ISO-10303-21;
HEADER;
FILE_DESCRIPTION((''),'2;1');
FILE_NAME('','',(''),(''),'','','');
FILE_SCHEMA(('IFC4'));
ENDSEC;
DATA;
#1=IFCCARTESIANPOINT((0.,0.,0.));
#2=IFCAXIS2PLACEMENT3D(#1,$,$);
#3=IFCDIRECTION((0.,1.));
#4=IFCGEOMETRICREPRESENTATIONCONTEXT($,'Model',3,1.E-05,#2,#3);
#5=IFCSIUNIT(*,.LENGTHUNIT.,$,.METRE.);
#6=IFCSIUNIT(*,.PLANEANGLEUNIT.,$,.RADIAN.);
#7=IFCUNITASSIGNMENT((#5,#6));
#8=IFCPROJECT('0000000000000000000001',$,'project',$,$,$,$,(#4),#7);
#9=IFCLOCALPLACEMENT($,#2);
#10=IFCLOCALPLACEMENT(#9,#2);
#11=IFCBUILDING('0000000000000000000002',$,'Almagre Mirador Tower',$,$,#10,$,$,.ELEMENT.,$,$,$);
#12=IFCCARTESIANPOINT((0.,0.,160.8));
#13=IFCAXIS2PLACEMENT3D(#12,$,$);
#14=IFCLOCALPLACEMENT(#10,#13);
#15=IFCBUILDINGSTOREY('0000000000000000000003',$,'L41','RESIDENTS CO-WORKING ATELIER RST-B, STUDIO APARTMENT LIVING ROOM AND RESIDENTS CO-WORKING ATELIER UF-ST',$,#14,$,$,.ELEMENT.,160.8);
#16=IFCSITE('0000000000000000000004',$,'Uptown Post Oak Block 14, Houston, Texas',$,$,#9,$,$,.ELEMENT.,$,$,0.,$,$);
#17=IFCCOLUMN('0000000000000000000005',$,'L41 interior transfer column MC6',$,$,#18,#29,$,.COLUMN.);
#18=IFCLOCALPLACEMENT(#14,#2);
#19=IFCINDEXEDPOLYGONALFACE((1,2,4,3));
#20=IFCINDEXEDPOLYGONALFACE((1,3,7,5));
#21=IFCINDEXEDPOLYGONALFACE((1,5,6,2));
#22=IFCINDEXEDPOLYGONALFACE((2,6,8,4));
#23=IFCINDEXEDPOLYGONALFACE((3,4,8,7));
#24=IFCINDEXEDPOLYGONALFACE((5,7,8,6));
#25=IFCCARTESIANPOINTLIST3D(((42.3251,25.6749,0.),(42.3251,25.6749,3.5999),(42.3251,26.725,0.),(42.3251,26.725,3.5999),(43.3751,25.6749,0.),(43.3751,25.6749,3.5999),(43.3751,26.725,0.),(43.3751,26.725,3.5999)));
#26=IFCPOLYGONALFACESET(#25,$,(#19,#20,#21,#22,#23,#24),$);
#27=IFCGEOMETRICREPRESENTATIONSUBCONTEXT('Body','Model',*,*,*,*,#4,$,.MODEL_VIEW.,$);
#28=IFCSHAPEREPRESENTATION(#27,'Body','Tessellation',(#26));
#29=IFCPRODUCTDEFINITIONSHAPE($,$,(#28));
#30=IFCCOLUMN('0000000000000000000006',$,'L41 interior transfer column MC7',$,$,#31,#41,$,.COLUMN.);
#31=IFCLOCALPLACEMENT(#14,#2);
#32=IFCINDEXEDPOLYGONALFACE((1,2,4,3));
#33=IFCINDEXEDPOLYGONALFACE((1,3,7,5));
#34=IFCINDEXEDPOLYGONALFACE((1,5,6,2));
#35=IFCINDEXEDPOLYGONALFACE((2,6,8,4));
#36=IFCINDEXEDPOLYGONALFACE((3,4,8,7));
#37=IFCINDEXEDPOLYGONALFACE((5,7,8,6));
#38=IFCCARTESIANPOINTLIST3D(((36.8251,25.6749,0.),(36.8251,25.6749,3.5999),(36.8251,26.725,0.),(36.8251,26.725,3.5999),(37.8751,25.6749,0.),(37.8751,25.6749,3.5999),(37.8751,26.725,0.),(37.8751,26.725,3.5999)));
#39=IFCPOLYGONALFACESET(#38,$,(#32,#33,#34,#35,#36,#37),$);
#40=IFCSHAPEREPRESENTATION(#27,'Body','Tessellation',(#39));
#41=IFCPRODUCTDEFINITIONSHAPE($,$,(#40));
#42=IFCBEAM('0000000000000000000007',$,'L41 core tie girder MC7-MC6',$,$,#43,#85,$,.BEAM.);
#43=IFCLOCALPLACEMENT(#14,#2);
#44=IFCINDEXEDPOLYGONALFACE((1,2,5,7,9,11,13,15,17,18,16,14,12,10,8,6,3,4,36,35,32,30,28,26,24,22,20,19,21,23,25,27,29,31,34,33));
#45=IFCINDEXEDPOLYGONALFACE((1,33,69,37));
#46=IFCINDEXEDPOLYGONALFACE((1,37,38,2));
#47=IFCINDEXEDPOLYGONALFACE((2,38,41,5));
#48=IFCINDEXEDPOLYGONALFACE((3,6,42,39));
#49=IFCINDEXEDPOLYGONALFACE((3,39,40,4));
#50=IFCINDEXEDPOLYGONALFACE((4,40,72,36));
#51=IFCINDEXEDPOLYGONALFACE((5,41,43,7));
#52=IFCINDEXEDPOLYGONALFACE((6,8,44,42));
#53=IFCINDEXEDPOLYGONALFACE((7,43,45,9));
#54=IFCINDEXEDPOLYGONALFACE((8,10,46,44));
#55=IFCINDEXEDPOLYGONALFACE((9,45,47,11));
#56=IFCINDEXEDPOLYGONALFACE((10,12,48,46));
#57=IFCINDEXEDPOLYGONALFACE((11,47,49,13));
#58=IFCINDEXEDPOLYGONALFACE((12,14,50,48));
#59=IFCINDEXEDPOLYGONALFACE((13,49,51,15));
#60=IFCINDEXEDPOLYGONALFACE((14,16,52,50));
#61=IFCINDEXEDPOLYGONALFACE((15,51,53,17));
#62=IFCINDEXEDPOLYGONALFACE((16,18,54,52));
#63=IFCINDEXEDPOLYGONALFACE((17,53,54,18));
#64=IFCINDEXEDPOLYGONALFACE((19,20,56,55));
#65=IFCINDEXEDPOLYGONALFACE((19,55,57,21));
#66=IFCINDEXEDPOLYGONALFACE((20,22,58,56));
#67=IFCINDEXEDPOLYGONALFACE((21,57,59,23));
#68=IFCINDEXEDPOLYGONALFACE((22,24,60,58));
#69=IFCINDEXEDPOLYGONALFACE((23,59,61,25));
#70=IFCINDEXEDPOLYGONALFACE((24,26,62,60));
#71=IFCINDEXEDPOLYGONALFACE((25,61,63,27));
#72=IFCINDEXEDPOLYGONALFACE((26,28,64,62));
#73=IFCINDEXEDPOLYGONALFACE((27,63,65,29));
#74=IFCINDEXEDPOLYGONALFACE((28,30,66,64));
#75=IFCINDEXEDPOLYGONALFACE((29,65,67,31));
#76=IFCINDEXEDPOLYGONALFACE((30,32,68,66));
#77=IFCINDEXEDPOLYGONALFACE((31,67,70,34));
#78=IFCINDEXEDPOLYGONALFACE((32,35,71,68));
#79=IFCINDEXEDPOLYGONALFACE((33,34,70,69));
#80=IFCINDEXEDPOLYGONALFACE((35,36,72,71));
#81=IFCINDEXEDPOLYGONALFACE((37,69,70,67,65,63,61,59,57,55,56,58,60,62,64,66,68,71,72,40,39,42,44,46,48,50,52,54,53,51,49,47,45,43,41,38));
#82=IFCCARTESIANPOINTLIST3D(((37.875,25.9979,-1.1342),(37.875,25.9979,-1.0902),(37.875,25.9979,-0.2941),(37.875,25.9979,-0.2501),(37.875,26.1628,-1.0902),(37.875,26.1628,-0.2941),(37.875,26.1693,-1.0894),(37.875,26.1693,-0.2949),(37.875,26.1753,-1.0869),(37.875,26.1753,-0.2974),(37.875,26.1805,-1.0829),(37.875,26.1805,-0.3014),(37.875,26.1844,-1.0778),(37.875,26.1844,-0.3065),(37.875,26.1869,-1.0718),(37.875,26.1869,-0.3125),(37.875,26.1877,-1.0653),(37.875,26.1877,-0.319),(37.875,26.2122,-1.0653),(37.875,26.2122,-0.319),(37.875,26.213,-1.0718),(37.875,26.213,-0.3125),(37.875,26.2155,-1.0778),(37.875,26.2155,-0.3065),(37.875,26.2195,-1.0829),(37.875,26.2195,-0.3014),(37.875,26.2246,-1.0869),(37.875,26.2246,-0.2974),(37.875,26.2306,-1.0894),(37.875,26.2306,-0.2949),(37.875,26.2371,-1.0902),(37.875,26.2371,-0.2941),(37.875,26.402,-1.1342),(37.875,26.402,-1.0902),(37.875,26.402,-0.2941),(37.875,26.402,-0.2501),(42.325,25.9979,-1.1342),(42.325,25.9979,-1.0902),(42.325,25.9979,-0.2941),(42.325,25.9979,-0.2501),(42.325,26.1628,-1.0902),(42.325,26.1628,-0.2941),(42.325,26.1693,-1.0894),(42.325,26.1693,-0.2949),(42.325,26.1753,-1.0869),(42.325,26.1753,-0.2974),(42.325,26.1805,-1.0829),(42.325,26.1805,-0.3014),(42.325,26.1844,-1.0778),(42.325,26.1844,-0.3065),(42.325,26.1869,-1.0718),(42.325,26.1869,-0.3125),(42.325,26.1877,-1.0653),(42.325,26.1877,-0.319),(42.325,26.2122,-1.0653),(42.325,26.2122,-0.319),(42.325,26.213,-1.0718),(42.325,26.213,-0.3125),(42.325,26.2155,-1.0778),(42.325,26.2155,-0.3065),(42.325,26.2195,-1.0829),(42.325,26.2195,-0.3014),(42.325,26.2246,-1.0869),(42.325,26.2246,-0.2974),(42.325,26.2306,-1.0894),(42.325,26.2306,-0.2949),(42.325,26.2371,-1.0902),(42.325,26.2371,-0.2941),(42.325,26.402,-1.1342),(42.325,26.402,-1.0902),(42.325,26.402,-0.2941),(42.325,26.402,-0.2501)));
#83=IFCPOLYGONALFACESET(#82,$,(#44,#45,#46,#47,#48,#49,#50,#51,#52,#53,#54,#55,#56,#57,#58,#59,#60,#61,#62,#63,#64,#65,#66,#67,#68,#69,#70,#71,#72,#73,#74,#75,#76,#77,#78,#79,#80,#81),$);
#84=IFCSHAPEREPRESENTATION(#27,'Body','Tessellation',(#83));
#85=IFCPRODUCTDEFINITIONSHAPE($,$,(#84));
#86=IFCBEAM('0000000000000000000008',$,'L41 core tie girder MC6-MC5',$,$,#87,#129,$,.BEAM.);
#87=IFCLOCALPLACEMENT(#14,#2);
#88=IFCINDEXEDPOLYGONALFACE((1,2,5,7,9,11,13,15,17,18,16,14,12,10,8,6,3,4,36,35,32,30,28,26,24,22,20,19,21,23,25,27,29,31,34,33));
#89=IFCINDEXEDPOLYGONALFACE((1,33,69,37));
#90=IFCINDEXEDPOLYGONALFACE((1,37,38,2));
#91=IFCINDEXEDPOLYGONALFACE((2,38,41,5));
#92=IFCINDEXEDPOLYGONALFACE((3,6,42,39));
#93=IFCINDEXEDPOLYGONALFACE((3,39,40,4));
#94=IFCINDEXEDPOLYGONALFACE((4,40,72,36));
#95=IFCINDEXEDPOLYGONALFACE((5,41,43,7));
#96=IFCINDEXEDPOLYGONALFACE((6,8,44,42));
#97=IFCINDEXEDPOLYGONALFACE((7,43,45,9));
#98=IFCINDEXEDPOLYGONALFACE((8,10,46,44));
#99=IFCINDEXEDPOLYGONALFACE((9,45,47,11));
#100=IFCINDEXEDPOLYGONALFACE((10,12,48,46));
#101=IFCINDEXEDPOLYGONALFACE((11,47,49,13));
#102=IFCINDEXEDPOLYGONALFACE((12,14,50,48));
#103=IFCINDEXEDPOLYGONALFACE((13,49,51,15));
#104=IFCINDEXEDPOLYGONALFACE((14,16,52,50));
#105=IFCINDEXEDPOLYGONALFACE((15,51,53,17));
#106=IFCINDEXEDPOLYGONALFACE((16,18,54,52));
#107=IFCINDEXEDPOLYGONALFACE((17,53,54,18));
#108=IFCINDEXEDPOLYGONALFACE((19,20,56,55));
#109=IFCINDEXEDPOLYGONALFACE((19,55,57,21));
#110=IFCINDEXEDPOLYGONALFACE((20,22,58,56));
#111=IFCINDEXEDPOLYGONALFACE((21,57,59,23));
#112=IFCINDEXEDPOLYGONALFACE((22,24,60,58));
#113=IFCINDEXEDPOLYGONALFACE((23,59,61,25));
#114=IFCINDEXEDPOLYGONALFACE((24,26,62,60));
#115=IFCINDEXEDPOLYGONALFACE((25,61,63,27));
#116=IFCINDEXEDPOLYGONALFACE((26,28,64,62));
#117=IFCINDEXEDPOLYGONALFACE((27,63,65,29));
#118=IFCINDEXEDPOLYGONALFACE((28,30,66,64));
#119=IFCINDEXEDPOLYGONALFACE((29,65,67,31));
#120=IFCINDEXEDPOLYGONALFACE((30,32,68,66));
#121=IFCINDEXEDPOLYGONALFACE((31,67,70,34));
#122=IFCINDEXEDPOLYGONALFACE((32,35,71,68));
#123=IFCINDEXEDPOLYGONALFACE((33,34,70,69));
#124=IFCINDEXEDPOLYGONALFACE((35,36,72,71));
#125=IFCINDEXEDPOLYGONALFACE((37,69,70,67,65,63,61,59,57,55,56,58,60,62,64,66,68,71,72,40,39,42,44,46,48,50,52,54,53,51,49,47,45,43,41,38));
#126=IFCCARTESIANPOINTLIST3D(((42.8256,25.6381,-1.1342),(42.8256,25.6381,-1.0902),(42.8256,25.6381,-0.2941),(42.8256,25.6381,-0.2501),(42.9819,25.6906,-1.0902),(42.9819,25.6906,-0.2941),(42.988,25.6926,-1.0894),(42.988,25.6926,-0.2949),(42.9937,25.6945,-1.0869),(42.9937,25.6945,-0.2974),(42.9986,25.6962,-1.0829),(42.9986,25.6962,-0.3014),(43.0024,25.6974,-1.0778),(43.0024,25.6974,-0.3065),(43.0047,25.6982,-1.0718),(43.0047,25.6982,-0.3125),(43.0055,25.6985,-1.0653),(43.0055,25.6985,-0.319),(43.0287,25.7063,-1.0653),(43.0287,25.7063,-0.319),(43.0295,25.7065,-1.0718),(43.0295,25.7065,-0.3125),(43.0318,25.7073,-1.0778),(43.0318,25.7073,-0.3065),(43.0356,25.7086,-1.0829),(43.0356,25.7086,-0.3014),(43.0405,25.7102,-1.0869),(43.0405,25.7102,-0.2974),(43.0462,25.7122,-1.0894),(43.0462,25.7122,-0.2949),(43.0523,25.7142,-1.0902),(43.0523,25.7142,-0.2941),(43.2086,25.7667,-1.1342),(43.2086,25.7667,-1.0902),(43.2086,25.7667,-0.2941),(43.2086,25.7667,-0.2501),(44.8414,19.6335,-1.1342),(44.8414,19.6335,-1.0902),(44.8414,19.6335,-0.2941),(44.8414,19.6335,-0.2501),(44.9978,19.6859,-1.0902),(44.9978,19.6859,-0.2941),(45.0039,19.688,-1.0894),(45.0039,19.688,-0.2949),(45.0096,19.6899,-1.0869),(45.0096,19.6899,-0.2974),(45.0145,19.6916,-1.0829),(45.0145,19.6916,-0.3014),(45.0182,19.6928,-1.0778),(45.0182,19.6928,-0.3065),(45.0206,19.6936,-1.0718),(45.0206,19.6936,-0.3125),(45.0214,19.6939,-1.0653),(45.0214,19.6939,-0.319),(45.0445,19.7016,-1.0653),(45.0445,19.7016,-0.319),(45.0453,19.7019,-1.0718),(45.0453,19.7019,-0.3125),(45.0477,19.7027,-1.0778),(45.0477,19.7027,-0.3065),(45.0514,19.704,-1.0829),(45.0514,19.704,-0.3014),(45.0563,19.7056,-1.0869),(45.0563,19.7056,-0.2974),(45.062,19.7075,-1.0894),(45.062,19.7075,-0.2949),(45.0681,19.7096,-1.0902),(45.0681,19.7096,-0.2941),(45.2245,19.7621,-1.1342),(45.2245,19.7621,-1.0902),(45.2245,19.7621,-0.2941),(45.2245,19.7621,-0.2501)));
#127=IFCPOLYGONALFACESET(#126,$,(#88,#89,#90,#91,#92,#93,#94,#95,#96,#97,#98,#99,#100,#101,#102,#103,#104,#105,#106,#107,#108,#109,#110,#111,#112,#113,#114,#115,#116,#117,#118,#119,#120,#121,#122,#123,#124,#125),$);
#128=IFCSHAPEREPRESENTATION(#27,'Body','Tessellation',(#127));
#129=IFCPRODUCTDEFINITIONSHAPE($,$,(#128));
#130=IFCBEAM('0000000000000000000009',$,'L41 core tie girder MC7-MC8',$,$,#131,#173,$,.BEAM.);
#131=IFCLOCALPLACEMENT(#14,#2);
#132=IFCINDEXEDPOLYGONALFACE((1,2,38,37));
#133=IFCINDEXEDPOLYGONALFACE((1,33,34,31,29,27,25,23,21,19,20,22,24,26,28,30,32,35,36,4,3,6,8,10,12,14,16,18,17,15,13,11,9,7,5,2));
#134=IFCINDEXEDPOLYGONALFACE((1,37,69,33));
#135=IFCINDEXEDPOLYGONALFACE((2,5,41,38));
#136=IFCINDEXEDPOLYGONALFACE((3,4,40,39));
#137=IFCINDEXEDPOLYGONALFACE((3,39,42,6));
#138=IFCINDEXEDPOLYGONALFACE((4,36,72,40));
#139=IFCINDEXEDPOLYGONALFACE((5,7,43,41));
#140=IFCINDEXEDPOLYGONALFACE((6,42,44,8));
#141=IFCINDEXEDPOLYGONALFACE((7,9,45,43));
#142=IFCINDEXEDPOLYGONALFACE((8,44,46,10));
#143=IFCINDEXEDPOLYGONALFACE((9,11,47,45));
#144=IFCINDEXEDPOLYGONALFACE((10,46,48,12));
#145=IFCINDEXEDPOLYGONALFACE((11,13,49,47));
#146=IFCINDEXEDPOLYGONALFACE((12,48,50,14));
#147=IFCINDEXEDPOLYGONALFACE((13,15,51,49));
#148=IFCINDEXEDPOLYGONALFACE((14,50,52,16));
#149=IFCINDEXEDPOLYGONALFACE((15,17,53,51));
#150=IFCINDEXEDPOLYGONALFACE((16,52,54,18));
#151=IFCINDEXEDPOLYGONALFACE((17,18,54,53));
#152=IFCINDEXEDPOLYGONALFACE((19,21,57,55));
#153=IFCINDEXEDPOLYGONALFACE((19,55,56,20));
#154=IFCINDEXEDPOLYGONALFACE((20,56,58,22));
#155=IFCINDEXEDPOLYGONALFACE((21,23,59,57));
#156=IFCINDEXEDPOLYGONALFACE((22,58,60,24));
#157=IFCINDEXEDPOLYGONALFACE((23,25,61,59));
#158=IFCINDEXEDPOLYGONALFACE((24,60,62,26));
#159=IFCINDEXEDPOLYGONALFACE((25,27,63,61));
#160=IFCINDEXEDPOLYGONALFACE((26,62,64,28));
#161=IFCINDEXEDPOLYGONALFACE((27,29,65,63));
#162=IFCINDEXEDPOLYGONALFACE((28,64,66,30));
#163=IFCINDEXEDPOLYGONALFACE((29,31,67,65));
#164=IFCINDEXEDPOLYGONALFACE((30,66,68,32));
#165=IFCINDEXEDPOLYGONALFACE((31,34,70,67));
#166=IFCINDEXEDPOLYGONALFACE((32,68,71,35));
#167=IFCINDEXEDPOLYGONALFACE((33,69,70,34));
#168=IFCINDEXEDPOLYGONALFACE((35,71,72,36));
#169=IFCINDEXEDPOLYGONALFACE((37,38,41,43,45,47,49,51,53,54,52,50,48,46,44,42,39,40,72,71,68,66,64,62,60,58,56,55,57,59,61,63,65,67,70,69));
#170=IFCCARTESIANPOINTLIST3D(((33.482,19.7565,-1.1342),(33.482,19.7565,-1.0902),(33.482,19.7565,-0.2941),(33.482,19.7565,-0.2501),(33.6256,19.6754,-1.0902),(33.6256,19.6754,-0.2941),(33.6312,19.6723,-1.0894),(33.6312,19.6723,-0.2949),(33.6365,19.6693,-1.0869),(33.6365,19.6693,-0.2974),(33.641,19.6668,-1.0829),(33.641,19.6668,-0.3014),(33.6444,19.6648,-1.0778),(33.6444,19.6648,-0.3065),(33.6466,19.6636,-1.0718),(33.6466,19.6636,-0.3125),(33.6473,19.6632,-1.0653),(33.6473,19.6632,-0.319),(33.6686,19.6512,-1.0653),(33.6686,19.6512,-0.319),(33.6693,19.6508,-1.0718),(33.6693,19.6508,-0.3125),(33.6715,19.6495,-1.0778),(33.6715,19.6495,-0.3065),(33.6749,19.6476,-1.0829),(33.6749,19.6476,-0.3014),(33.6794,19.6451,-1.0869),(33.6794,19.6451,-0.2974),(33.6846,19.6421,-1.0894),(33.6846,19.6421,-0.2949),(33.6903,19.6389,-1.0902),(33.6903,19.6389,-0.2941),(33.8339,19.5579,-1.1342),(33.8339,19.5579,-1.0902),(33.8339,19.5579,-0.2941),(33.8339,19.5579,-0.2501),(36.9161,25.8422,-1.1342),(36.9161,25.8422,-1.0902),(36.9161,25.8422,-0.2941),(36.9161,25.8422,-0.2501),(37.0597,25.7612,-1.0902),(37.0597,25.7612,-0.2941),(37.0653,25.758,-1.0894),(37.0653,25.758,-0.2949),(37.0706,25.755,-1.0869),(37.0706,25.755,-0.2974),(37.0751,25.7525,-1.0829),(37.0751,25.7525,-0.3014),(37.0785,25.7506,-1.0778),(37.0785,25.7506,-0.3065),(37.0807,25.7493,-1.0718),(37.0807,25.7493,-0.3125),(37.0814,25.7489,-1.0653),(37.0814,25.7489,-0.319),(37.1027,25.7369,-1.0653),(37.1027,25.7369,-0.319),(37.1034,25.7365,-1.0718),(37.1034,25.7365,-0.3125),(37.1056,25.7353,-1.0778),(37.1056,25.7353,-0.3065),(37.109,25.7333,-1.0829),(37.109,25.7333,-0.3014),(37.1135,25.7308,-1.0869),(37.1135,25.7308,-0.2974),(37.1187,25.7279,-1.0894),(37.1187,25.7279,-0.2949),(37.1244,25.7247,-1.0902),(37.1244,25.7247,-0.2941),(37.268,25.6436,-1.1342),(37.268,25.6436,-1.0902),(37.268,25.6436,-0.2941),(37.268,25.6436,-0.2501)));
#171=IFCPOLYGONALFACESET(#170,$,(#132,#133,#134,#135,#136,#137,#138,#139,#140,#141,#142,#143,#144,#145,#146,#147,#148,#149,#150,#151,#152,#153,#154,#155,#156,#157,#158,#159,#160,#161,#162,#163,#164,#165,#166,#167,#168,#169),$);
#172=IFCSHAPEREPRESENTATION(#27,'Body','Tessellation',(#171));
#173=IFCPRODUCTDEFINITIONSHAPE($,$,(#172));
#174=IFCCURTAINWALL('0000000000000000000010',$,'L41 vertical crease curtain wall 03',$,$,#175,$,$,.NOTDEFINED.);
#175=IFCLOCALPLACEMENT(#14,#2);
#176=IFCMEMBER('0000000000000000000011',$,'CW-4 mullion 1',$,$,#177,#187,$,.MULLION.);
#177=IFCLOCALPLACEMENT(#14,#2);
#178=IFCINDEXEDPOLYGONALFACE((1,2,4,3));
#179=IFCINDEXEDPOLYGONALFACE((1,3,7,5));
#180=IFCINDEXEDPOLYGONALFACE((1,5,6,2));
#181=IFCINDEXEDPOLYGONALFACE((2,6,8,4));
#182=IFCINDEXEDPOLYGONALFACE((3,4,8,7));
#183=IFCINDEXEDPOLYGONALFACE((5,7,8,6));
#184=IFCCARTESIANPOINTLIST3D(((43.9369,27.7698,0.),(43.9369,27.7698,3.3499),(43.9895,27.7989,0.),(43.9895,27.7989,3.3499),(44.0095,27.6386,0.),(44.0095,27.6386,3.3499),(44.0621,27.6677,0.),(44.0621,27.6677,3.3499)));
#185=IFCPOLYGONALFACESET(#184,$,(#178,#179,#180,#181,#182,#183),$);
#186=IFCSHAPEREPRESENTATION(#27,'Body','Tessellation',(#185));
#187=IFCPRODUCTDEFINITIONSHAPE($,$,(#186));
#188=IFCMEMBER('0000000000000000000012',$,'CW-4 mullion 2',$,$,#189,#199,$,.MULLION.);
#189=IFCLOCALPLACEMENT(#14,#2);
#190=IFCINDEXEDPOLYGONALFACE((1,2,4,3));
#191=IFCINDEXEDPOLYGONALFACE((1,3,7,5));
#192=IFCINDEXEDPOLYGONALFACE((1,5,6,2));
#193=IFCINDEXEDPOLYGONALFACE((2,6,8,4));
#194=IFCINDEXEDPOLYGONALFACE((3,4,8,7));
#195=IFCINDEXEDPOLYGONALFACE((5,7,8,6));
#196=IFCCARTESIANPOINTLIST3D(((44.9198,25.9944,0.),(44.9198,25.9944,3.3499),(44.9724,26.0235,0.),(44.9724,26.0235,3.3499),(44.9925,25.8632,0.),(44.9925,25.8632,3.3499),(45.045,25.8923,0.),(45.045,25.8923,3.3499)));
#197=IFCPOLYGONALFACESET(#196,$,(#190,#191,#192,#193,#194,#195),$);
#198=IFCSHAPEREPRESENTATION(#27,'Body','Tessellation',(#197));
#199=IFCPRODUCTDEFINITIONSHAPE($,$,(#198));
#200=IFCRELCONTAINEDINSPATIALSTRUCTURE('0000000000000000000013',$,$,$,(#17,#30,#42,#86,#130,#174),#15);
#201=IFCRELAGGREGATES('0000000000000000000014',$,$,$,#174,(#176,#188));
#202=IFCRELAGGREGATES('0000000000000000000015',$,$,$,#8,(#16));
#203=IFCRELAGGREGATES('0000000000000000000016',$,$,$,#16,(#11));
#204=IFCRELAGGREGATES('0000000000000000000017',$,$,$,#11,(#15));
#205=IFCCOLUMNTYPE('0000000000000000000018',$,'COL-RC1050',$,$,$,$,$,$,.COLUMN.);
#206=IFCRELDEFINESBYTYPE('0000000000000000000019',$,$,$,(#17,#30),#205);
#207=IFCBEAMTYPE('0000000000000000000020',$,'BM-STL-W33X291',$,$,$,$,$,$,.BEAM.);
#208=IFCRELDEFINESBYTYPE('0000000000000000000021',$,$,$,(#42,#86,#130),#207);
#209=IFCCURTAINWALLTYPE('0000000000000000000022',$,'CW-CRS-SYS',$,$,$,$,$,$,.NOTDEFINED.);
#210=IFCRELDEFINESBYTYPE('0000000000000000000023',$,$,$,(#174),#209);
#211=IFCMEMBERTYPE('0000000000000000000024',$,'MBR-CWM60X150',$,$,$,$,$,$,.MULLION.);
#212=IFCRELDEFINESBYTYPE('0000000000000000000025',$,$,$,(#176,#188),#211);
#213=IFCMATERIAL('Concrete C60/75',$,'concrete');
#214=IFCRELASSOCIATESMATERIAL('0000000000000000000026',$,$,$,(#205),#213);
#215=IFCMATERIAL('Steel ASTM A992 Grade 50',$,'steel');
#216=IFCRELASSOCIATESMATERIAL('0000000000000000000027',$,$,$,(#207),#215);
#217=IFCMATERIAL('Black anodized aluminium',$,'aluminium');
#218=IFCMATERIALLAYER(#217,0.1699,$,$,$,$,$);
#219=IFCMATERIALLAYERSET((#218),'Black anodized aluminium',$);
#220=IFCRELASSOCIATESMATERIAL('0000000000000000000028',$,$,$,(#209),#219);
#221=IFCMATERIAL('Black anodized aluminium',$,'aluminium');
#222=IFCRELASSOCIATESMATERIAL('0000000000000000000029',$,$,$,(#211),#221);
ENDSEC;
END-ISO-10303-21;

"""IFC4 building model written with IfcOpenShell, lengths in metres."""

from ifc_helpers import new_model, si_unit, direction, frame, origin, origin_2d, place, context, subcontext, project, spatial, rectangle, i_section, extrude, material, layer, layer_set, material_profile, profile_set, type_object, element, aggregate, save


model = new_model("IFC4")

# Units and contexts
model_context = context("Model", 3, precision=1e-05, world=origin(), true_north=direction((0.0, 1.0)))
body_context = subcontext(model_context, "Body", "Model", "MODEL_VIEW")
ifc_project = project(units=[si_unit("LENGTHUNIT", "METRE"), si_unit("PLANEANGLEUNIT", "RADIAN")], contexts=[model_context])

# Site, building, storey
site_placement = place(None, origin())
site = spatial("IfcSite", under=ifc_project, at=site_placement, Name="Uptown Post Oak Block 14, Houston, Texas", CompositionType="ELEMENT", RefElevation=0.0)
building_placement = place(site_placement, origin())
building = spatial("IfcBuilding", under=site, at=building_placement, Name="Almagre Mirador Tower", CompositionType="ELEMENT")
storey_placement = place(building_placement, frame((0.0, 0.0, 160.8)))
storey = spatial("IfcBuildingStorey", under=building, at=storey_placement, Name="L41", Description="RESIDENTS CO-WORKING ATELIER RST-B, STUDIO APARTMENT LIVING ROOM AND RESIDENTS CO-WORKING ATELIER UF-ST", CompositionType="ELEMENT", Elevation=160.8)

# Columns
ifc_material_1 = material(Name="Concrete C60/75", Category="concrete")
ifc_material_profile_1 = material_profile(ifc_material_1, rectangle(XDim=1.05, YDim=1.05, at=origin_2d()), Name="RC1050X1050")
ifc_profile_set_1 = profile_set([ifc_material_profile_1], Name="Concrete C60/75")
column_type = type_object("IfcColumnType", Name="COL-RC1050", PredefinedType="COLUMN", material=ifc_profile_set_1)
for number, where, z_axis, x_axis, name in (
    (1, (42.8501, 26.2, 0.0), (0.0, 0.0, 1.0), (1.0, 0.0, 0.0), "L41 interior transfer column MC6"),
    (2, (37.3501, 26.2, 0.0), (0.0, 0.0, 1.0), (1.0, 0.0, 0.0), "L41 interior transfer column MC7"),
):
    element("IfcColumn", number, at=place(storey_placement, frame(where, z_axis=z_axis, x_axis=x_axis)), inside=storey, type_object=column_type, Name=name, PredefinedType="COLUMN", context=body_context, shape_type="SweptSolid", body=[
        extrude(rectangle(XDim=1.05, YDim=1.05, at=origin_2d()), origin(), (0.0, 0.0, 1.0), 3.5999),
    ])

# Beams
ifc_material_2 = material(Name="Steel ASTM A992 Grade 50", Category="steel")
ifc_material_profile_2 = material_profile(ifc_material_2, i_section(OverallWidth=0.4041, OverallDepth=0.884, WebThickness=0.0244, FlangeThickness=0.0439, FilletRadius=0.0249, at=origin_2d()), Name="W33X291")
ifc_profile_set_2 = profile_set([ifc_material_profile_2], Name="Steel ASTM A992 Grade 50")
beam_type = type_object("IfcBeamType", Name="BM-STL-W33X291", PredefinedType="BEAM", material=ifc_profile_set_2)
beam_1_placement = place(storey_placement, frame((37.875, 26.2, -0.6921), z_axis=(1.0, 0.0, 0.0), x_axis=(0.0, 1.0, 0.0)))
element("IfcBeam", 3, at=beam_1_placement, inside=storey, type_object=beam_type, Name="L41 core tie girder MC7-MC6", PredefinedType="BEAM", context=body_context, shape_type="SweptSolid", body=[
    extrude(i_section(OverallWidth=0.4041, OverallDepth=0.884, WebThickness=0.0244, FlangeThickness=0.0439, FilletRadius=0.0249, at=origin_2d()), origin(), (0.0, 0.0, 1.0), 4.45),
])
beam_2_placement = place(storey_placement, frame((43.0171, 25.7024, -0.6921), z_axis=(0.318262, -0.948003, 0.0), x_axis=(0.948003, 0.318262, 0.0)))
element("IfcBeam", 4, at=beam_2_placement, inside=storey, type_object=beam_type, Name="L41 core tie girder MC6-MC5", PredefinedType="BEAM", context=body_context, shape_type="SweptSolid", body=[
    extrude(i_section(OverallWidth=0.4041, OverallDepth=0.884, WebThickness=0.0244, FlangeThickness=0.0439, FilletRadius=0.0249, at=origin_2d()), origin(), (0.0, 0.0, 1.0), 6.334),
])
beam_3_placement = place(storey_placement, frame((37.092, 25.7429, -0.6921), z_axis=(-0.491444, -0.870909, 0.0), x_axis=(0.870909, -0.491444, 0.0)))
element("IfcBeam", 5, at=beam_3_placement, inside=storey, type_object=beam_type, Name="L41 core tie girder MC7-MC8", PredefinedType="BEAM", context=body_context, shape_type="SweptSolid", body=[
    extrude(i_section(OverallWidth=0.4041, OverallDepth=0.884, WebThickness=0.0244, FlangeThickness=0.0439, FilletRadius=0.0249, at=origin_2d()), origin(), (0.0, 0.0, 1.0), 6.9878),
])

# Curtain wall, members
ifc_material_3 = material(Name="Black anodized aluminium", Category="aluminium")
ifc_layer_1 = layer(ifc_material_3, 0.1699)
ifc_layer_set_1 = layer_set([ifc_layer_1], Name="Black anodized aluminium")
curtain_wall_type = type_object("IfcCurtainWallType", Name="CW-CRS-SYS", PredefinedType="NOTDEFINED", material=ifc_layer_set_1)
curtain_wall_placement = place(storey_placement, origin())
curtain_wall = element("IfcCurtainWall", 6, at=curtain_wall_placement, inside=storey, type_object=curtain_wall_type, Name="L41 vertical crease curtain wall 03", PredefinedType="NOTDEFINED")
ifc_material_4 = material(Name="Black anodized aluminium", Category="aluminium")
ifc_material_profile_3 = material_profile(ifc_material_4, rectangle(XDim=0.0601, YDim=0.1499, at=origin_2d()), Name="CWM60X150")
ifc_profile_set_3 = profile_set([ifc_material_profile_3], Name="Black anodized aluminium")
member_type_1 = type_object("IfcMemberType", Name="MBR-CWM60X150", PredefinedType="MULLION", material=ifc_profile_set_3)
member_1_placement = place(storey_placement, frame((43.9995, 27.7188, 0.0), z_axis=(0.0, 0.0, 1.0), x_axis=(0.874879, 0.484342, 0.0)))
member_1 = element("IfcMember", 7, at=member_1_placement, type_object=member_type_1, Name="CW-4 mullion 1", PredefinedType="MULLION", context=body_context, shape_type="SweptSolid", body=[
    extrude(rectangle(XDim=0.0601, YDim=0.1499, at=origin_2d()), origin(), (0.0, 0.0, 1.0), 3.3499),
])
member_2_placement = place(storey_placement, frame((44.9824, 25.9434, 0.0), z_axis=(0.0, 0.0, 1.0), x_axis=(0.874879, 0.484342, 0.0)))
member_2 = element("IfcMember", 8, at=member_2_placement, type_object=member_type_1, Name="CW-4 mullion 2", PredefinedType="MULLION", context=body_context, shape_type="SweptSolid", body=[
    extrude(rectangle(XDim=0.0601, YDim=0.1499, at=origin_2d()), origin(), (0.0, 0.0, 1.0), 3.3499),
])
aggregate(curtain_wall, [member_1, member_2])

save(model, "model.ifc")
